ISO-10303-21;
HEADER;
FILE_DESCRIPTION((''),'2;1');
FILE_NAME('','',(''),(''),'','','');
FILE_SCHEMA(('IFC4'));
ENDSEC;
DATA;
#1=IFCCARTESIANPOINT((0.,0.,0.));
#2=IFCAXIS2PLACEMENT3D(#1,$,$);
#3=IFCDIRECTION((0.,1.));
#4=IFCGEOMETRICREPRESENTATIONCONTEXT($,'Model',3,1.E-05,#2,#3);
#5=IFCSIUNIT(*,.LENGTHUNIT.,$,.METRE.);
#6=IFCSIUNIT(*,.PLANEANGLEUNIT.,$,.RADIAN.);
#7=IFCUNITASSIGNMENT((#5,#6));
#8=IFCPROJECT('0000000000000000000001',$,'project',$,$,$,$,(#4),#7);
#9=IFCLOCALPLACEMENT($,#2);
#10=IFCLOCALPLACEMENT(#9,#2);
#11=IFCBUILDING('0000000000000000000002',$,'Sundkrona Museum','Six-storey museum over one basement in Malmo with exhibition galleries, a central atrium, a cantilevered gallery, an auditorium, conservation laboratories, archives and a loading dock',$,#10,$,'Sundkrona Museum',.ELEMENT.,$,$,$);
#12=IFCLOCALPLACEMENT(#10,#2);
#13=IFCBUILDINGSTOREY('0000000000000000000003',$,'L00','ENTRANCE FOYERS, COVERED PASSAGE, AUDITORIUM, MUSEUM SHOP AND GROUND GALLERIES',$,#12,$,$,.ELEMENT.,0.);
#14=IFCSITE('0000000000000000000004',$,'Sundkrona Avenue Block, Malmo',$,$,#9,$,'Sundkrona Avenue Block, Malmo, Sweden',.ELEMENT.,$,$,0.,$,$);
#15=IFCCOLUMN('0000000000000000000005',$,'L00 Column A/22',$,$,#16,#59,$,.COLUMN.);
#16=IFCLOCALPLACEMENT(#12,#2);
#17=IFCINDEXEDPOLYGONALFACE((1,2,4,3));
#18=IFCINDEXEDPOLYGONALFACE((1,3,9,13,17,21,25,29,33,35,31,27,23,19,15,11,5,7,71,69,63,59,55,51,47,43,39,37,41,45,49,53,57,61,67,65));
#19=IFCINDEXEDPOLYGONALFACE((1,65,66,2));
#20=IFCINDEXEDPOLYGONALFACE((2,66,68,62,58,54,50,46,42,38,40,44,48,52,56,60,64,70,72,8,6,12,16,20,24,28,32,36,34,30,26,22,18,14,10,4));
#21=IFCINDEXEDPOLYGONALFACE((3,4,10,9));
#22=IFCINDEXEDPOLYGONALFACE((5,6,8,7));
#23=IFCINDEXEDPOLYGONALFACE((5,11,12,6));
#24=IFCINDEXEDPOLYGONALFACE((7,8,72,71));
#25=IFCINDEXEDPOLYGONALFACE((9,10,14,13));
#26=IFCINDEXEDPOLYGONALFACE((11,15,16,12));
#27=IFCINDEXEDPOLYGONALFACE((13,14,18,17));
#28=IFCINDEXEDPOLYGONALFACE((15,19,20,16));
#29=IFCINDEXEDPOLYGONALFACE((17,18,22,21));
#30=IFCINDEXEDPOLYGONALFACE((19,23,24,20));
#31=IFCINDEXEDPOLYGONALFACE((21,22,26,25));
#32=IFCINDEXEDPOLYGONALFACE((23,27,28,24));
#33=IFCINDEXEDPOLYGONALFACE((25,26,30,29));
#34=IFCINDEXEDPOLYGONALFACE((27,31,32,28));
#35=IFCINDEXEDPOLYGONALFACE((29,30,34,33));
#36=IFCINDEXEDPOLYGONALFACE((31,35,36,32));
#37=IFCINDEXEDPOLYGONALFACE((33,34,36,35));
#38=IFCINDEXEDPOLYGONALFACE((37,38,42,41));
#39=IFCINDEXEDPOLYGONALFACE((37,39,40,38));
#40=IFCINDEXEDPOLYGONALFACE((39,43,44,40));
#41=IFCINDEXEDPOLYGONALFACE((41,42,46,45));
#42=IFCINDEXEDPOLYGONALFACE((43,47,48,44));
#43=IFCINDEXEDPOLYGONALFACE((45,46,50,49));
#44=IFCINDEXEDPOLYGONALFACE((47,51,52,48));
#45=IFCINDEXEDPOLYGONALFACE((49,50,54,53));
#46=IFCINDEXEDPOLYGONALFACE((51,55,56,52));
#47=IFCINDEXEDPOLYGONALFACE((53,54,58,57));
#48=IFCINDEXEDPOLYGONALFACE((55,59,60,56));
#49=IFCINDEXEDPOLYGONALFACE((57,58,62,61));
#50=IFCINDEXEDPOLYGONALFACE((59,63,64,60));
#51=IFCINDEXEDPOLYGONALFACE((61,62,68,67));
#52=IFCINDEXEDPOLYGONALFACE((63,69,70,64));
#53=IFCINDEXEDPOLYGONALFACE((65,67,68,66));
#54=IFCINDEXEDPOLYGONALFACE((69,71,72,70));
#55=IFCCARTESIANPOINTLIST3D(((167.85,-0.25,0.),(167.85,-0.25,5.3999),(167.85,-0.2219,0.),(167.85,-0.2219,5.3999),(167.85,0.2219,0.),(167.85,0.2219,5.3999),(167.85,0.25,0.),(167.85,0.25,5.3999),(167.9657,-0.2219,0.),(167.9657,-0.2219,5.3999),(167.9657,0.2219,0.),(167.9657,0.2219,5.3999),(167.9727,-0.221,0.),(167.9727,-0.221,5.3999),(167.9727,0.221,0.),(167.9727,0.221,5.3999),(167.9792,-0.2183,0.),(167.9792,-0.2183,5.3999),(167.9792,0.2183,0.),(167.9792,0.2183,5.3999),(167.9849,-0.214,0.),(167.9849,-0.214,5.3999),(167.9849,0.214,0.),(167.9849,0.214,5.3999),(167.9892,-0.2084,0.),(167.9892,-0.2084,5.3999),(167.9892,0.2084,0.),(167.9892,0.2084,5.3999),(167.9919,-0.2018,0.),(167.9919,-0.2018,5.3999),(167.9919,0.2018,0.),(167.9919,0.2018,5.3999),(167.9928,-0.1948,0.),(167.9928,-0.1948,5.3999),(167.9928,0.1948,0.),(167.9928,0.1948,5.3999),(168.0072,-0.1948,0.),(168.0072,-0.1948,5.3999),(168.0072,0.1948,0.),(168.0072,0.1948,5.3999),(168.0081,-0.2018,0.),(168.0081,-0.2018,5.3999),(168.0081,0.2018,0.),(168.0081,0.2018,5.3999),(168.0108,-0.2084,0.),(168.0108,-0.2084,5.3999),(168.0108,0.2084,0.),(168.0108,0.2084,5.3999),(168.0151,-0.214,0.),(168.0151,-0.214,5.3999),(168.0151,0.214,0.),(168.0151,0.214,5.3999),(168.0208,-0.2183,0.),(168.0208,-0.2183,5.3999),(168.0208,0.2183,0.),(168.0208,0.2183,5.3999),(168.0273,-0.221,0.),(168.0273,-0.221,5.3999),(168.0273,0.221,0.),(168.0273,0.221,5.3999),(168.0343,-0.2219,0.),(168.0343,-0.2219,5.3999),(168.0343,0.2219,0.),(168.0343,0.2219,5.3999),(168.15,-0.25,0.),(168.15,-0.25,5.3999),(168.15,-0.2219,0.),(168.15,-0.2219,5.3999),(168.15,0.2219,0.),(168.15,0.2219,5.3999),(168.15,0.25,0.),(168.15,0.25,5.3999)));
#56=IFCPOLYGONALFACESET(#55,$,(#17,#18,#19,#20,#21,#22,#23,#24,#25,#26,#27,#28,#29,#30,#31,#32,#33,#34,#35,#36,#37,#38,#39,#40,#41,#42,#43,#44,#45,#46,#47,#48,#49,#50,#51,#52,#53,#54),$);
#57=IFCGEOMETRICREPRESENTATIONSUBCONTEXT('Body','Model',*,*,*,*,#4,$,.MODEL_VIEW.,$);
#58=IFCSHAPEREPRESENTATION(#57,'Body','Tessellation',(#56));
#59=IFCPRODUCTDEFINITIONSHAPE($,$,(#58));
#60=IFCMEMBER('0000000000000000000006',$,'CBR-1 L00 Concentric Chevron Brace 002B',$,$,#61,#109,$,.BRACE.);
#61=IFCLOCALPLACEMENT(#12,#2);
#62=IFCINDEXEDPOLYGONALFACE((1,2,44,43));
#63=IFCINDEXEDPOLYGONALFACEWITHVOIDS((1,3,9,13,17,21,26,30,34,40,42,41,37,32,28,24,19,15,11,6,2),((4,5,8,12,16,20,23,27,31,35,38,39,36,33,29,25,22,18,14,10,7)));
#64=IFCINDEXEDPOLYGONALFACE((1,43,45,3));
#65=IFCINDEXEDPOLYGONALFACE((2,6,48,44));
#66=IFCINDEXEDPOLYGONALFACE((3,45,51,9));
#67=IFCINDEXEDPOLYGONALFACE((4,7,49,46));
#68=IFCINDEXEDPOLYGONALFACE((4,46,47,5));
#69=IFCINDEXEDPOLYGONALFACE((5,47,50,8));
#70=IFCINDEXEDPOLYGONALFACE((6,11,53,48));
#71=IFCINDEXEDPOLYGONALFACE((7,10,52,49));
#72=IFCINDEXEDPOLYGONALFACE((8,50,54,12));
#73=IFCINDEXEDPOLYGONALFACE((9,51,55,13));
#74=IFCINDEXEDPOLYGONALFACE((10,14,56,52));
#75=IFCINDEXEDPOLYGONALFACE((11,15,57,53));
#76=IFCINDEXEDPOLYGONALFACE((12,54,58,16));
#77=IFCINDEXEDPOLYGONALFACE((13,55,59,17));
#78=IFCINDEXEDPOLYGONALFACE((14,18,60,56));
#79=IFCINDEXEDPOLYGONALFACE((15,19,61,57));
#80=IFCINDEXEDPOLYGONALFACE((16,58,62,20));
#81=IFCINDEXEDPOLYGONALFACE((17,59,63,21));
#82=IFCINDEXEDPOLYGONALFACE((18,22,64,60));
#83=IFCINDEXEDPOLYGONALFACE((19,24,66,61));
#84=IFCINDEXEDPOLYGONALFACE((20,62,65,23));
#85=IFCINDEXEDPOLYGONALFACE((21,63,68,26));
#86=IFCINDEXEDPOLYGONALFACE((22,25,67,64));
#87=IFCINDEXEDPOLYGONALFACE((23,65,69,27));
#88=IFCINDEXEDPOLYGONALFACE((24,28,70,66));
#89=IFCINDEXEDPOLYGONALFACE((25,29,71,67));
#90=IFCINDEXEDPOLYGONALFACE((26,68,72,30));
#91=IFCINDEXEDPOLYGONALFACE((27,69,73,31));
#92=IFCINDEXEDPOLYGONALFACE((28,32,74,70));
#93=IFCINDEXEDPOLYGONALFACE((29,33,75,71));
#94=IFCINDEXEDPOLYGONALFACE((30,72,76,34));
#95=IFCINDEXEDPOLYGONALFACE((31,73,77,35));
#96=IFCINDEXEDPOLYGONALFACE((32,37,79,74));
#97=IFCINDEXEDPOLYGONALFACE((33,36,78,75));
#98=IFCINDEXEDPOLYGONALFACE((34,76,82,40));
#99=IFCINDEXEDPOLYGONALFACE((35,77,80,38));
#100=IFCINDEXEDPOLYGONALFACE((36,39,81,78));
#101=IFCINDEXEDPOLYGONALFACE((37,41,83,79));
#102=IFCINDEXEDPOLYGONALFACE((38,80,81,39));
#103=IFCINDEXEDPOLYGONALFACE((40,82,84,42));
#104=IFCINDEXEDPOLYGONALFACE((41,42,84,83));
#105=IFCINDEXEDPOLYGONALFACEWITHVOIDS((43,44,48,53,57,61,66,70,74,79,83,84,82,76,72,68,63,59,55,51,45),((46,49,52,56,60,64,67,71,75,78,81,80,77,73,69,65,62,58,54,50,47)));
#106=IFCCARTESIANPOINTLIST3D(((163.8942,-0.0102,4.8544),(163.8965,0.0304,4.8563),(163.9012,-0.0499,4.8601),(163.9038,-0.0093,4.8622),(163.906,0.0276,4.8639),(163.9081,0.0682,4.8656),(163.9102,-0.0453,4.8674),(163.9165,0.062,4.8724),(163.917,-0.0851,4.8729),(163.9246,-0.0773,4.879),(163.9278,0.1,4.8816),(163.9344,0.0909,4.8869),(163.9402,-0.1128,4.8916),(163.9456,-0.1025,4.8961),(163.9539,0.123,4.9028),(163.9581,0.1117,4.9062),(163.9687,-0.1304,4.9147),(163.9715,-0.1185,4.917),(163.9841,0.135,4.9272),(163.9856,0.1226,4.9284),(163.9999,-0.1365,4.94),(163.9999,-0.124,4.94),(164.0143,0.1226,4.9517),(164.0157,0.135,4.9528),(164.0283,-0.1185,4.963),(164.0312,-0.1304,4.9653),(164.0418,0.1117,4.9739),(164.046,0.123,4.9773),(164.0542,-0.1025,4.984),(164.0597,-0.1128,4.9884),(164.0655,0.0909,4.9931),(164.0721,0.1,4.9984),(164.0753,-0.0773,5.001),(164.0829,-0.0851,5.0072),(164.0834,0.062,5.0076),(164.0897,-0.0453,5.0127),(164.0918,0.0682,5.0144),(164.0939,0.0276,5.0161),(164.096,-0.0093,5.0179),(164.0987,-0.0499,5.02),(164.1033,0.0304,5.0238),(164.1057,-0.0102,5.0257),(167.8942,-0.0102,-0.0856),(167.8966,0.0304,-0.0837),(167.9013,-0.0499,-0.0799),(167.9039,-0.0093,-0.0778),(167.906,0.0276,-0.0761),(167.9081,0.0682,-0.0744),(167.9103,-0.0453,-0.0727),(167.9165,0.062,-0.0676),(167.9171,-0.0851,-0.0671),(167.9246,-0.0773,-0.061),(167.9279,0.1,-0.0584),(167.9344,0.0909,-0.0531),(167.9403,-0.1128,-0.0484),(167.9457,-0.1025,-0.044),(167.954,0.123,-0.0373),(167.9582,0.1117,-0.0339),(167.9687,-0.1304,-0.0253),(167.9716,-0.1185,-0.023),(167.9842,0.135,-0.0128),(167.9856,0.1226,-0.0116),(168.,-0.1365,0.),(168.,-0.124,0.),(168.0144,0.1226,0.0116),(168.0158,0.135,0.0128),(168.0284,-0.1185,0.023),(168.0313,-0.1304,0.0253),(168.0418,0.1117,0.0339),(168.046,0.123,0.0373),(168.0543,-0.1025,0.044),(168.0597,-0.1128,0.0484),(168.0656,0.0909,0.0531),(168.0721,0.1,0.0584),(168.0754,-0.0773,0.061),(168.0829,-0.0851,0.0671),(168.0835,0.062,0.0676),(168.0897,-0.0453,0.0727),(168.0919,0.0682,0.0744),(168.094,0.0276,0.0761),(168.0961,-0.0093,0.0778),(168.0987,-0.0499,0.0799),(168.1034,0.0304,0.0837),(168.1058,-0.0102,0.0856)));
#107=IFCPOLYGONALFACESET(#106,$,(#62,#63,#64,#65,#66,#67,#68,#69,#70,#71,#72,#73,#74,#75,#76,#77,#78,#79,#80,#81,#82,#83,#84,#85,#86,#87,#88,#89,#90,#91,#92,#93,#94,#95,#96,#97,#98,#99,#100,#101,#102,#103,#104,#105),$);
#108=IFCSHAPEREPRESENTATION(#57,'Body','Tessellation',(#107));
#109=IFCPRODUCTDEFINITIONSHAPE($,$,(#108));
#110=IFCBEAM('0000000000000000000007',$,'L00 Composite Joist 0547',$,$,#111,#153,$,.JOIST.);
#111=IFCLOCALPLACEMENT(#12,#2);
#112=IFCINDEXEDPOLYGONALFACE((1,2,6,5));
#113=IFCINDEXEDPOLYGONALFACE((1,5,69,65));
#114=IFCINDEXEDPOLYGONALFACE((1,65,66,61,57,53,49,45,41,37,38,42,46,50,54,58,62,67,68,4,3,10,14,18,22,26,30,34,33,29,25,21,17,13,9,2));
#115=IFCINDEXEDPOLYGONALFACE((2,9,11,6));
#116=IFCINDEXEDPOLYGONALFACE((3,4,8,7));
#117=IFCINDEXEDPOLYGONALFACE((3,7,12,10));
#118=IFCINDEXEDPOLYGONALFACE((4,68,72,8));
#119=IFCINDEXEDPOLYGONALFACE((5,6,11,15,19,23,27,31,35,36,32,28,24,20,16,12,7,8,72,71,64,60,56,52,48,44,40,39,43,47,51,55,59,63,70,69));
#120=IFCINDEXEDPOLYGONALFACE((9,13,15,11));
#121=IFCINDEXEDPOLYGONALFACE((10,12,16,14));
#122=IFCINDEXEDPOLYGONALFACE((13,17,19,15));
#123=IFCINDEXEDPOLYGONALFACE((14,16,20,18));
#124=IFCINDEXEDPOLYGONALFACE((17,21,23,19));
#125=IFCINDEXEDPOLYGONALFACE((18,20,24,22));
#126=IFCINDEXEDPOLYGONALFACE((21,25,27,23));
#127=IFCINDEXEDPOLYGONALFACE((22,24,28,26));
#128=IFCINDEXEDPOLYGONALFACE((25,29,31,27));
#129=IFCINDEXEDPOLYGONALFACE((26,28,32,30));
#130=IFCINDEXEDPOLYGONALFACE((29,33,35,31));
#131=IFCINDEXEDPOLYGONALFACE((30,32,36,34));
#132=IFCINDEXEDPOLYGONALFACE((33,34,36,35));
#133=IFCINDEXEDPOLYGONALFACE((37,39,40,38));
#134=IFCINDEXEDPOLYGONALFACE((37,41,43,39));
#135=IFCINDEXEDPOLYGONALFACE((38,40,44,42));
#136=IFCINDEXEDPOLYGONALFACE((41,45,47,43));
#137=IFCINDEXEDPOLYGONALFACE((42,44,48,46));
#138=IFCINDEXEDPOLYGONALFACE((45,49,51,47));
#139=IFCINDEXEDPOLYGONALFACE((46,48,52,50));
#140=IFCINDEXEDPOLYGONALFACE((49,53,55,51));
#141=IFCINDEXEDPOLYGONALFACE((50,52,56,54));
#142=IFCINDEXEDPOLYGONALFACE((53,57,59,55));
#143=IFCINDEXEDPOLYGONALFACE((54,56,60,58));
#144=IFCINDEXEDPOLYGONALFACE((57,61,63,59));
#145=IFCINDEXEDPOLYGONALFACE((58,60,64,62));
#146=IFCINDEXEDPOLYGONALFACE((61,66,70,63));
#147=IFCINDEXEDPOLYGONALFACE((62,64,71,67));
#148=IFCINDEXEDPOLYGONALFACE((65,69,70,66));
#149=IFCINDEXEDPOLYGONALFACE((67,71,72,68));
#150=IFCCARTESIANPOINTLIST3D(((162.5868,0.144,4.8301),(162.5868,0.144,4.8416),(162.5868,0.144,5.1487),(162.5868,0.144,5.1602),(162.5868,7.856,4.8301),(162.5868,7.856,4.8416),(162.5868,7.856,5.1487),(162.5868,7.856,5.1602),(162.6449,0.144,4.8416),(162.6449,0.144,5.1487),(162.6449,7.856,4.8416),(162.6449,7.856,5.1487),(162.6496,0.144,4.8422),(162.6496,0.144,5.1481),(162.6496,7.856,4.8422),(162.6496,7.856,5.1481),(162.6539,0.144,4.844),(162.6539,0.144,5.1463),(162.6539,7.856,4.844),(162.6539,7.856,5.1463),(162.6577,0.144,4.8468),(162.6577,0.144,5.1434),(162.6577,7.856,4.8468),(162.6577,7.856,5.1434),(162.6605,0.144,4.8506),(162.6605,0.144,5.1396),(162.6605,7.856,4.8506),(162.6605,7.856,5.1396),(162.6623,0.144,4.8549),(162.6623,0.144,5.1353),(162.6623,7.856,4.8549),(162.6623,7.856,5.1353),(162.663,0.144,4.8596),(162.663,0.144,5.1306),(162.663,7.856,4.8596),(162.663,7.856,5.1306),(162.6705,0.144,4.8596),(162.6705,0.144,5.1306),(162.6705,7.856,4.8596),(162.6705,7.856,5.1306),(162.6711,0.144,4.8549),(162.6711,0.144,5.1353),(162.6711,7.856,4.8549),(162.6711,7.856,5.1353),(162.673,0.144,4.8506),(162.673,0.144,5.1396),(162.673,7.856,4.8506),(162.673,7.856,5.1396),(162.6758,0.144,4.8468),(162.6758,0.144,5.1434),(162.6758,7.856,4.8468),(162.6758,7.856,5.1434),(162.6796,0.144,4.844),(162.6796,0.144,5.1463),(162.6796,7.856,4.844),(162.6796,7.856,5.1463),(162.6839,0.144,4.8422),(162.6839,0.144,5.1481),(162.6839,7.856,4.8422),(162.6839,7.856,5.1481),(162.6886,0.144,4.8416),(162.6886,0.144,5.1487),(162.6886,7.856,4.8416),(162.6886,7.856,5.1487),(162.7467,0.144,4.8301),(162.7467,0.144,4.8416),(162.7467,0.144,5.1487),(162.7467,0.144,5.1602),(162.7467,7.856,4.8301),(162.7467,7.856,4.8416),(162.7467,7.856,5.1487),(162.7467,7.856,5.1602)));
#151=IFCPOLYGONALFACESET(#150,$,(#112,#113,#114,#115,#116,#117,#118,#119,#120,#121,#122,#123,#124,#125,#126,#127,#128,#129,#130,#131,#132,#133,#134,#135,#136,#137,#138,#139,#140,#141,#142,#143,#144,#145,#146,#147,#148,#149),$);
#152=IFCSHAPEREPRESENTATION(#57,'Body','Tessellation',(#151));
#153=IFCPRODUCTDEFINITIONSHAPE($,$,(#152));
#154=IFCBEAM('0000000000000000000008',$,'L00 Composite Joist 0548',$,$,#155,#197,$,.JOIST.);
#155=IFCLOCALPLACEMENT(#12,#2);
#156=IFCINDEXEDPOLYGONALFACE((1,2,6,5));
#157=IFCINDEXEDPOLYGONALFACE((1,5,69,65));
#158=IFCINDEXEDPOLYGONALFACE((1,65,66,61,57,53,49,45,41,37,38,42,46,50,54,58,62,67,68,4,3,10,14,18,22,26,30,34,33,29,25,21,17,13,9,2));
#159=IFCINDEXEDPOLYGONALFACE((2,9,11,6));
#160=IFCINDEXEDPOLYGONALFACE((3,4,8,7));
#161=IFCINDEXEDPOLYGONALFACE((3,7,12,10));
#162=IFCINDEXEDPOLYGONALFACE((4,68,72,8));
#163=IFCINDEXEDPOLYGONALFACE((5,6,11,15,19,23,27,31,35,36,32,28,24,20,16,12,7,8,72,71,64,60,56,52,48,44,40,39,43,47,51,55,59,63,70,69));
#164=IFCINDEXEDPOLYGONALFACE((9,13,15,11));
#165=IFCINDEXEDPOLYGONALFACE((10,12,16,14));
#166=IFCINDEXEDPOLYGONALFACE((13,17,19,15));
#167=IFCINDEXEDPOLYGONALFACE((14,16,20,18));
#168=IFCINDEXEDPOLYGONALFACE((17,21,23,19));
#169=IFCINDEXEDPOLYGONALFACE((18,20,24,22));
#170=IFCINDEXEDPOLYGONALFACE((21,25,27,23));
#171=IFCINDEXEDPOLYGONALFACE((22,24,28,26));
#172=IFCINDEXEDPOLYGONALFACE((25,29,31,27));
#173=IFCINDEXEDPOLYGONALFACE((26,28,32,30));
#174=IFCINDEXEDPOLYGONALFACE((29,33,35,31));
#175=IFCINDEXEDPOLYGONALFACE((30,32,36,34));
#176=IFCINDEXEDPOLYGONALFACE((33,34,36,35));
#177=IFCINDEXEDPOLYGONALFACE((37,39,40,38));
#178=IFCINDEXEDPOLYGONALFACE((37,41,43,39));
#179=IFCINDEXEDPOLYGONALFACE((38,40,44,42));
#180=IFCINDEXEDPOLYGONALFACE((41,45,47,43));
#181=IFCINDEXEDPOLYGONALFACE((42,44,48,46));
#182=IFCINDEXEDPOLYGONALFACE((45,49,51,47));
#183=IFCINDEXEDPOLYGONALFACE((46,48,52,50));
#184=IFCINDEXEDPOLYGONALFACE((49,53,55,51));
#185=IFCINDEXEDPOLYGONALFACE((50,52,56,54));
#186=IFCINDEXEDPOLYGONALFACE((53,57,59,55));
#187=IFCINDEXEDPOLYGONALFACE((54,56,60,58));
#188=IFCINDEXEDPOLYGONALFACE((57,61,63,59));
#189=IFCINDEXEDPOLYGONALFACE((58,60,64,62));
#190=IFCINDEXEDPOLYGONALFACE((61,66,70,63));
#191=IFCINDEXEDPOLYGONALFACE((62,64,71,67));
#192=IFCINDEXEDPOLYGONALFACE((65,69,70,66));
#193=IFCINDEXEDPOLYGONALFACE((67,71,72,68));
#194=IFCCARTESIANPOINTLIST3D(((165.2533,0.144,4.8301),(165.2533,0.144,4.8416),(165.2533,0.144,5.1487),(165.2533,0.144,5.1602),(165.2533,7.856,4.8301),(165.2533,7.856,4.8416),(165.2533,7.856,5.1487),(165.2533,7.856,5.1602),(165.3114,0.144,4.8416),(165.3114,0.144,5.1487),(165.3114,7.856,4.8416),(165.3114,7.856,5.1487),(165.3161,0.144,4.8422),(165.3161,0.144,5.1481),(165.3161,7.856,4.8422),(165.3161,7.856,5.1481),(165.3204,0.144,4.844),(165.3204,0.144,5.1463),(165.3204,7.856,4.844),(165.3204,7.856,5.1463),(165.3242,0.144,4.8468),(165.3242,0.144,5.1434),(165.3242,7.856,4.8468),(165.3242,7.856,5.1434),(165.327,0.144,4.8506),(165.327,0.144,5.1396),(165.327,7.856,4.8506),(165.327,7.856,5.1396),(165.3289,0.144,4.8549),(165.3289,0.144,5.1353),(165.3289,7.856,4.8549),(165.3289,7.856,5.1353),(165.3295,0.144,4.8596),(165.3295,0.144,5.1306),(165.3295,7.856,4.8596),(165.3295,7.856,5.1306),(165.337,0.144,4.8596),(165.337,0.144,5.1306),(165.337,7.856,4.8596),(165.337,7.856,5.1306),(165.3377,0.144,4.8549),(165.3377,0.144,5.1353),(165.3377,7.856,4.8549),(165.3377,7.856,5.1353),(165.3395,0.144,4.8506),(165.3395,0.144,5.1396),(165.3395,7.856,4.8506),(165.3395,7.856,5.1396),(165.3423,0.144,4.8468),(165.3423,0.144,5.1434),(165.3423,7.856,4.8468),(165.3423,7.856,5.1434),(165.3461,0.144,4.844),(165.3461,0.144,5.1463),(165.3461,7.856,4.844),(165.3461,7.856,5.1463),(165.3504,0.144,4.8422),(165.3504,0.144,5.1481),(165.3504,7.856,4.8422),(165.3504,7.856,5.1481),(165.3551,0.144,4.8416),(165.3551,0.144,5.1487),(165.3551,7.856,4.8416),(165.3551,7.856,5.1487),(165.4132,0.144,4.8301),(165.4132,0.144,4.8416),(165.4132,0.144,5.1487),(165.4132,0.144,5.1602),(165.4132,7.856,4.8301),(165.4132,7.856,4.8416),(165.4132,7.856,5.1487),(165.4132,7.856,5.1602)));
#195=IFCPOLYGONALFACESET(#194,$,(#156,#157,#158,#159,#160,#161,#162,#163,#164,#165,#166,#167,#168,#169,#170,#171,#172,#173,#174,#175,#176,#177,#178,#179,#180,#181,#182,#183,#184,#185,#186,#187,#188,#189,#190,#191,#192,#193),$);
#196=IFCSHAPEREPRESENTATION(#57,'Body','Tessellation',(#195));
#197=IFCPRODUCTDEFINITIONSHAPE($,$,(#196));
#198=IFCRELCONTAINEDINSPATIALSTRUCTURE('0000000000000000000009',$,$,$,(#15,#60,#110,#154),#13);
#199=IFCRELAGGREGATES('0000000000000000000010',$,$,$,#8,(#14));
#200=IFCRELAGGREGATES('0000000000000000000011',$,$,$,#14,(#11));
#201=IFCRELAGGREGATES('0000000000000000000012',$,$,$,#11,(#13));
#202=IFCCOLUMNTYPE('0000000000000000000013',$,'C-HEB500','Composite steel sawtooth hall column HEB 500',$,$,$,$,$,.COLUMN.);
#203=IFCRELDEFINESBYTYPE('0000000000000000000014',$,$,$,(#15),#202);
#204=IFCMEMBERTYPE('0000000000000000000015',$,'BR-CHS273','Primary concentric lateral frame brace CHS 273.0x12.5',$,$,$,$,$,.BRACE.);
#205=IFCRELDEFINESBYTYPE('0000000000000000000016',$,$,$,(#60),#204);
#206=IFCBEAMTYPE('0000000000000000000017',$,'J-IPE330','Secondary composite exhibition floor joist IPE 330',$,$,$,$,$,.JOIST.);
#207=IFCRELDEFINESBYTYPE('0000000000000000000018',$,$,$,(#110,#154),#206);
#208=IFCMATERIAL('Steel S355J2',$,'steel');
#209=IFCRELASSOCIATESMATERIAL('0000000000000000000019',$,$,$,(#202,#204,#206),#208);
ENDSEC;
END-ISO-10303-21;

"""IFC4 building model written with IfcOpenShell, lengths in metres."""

from ifc_helpers import new_model, si_unit, direction, frame, origin, origin_2d, place, context, subcontext, project, spatial, hollow_circle, i_section, extrude, material, material_profile, profile_set, type_object, element, save


model = new_model("IFC4")

# Units and contexts
model_context = context("Model", 3, precision=1e-05, world=origin(), true_north=direction((0.0, 1.0)))
body_context = subcontext(model_context, "Body", "Model", "MODEL_VIEW")
ifc_project = project(units=[si_unit("LENGTHUNIT", "METRE"), si_unit("PLANEANGLEUNIT", "RADIAN")], contexts=[model_context])

# Site, building, storey
site_placement = place(None, origin())
site = spatial("IfcSite", under=ifc_project, at=site_placement, Name="Sundkrona Avenue Block, Malmo", LongName="Sundkrona Avenue Block, Malmo, Sweden", CompositionType="ELEMENT", RefElevation=0.0)
building_placement = place(site_placement, origin())
building = spatial("IfcBuilding", under=site, at=building_placement, Name="Sundkrona Museum", Description="Six-storey museum over one basement in Malmo with exhibition galleries, a central atrium, a cantilevered gallery, an auditorium, conservation laboratories, archives and a loading dock", LongName="Sundkrona Museum", CompositionType="ELEMENT")
storey_placement = place(building_placement, origin())
storey = spatial("IfcBuildingStorey", under=building, at=storey_placement, Name="L00", Description="ENTRANCE FOYERS, COVERED PASSAGE, AUDITORIUM, MUSEUM SHOP AND GROUND GALLERIES", CompositionType="ELEMENT", Elevation=0.0)

# Column
ifc_material_1 = material(Name="Steel S355J2", Category="steel")
ifc_material_profile_1 = material_profile(ifc_material_1, i_section(OverallWidth=0.3, OverallDepth=0.5, WebThickness=0.0144, FlangeThickness=0.0281, FilletRadius=0.0271, at=origin_2d()), Name="HEB 500")
ifc_profile_set_1 = profile_set([ifc_material_profile_1], Name="Steel S355J2")
column_type = type_object("IfcColumnType", Name="C-HEB500", Description="Composite steel sawtooth hall column HEB 500", PredefinedType="COLUMN", material=ifc_profile_set_1)
column_placement = place(storey_placement, frame((168.0, 0.0, 0.0), z_axis=(0.0, 0.0, 1.0), x_axis=(1.0, 0.0, 0.0)))
element("IfcColumn", 1, at=column_placement, inside=storey, type_object=column_type, Name="L00 Column A/22", PredefinedType="COLUMN", context=body_context, shape_type="SweptSolid", body=[
    extrude(i_section(OverallWidth=0.3, OverallDepth=0.5, WebThickness=0.0144, FlangeThickness=0.0281, FilletRadius=0.0271, at=origin_2d()), origin(), (0.0, 0.0, 1.0), 5.3999),
])

# Member
ifc_material_profile_2 = material_profile(ifc_material_1, hollow_circle(Radius=0.1365, WallThickness=0.0125, at=origin_2d()), Name="CHS 273.0x12.5")
ifc_profile_set_2 = profile_set([ifc_material_profile_2], Name="Steel S355J2")
member_type = type_object("IfcMemberType", Name="BR-CHS273", Description="Primary concentric lateral frame brace CHS 273.0x12.5", PredefinedType="BRACE", material=ifc_profile_set_2)
member_placement = place(storey_placement, frame((168.0, 0.0, 0.0), z_axis=(-0.629293, 0.0, 0.777168), x_axis=(0.0, -1.0, 0.0)))
element("IfcMember", 2, at=member_placement, inside=storey, type_object=member_type, Name="CBR-1 L00 Concentric Chevron Brace 002B", PredefinedType="BRACE", context=body_context, shape_type="SweptSolid", body=[
    extrude(hollow_circle(Radius=0.1365, WallThickness=0.0125, at=origin_2d()), origin(), (0.0, 0.0, 1.0), 6.3564),
])

# Beams
ifc_material_profile_3 = material_profile(ifc_material_1, i_section(OverallWidth=0.1599, OverallDepth=0.3301, WebThickness=0.0076, FlangeThickness=0.0115, FilletRadius=0.0181, at=origin_2d()), Name="IPE 330")
ifc_profile_set_3 = profile_set([ifc_material_profile_3], Name="Steel S355J2")
beam_type_1 = type_object("IfcBeamType", Name="J-IPE330", Description="Secondary composite exhibition floor joist IPE 330", PredefinedType="JOIST", material=ifc_profile_set_3)
for number, where, z_axis, x_axis, name in (
    (3, (162.6667, 0.144, 4.9951), (0.0, 1.0, 0.0), (-1.0, 0.0, 0.0), "L00 Composite Joist 0547"),
    (4, (165.3333, 0.144, 4.9951), (0.0, 1.0, 0.0), (-1.0, 0.0, 0.0), "L00 Composite Joist 0548"),
):
    element("IfcBeam", number, at=place(storey_placement, frame(where, z_axis=z_axis, x_axis=x_axis)), inside=storey, type_object=beam_type_1, Name=name, PredefinedType="JOIST", context=body_context, shape_type="SweptSolid", body=[
        extrude(i_section(OverallWidth=0.1599, OverallDepth=0.3301, WebThickness=0.0076, FlangeThickness=0.0115, FilletRadius=0.0181, at=origin_2d()), origin(), (0.0, 0.0, 1.0), 7.7119),
    ])

save(model, "model.ifc")
